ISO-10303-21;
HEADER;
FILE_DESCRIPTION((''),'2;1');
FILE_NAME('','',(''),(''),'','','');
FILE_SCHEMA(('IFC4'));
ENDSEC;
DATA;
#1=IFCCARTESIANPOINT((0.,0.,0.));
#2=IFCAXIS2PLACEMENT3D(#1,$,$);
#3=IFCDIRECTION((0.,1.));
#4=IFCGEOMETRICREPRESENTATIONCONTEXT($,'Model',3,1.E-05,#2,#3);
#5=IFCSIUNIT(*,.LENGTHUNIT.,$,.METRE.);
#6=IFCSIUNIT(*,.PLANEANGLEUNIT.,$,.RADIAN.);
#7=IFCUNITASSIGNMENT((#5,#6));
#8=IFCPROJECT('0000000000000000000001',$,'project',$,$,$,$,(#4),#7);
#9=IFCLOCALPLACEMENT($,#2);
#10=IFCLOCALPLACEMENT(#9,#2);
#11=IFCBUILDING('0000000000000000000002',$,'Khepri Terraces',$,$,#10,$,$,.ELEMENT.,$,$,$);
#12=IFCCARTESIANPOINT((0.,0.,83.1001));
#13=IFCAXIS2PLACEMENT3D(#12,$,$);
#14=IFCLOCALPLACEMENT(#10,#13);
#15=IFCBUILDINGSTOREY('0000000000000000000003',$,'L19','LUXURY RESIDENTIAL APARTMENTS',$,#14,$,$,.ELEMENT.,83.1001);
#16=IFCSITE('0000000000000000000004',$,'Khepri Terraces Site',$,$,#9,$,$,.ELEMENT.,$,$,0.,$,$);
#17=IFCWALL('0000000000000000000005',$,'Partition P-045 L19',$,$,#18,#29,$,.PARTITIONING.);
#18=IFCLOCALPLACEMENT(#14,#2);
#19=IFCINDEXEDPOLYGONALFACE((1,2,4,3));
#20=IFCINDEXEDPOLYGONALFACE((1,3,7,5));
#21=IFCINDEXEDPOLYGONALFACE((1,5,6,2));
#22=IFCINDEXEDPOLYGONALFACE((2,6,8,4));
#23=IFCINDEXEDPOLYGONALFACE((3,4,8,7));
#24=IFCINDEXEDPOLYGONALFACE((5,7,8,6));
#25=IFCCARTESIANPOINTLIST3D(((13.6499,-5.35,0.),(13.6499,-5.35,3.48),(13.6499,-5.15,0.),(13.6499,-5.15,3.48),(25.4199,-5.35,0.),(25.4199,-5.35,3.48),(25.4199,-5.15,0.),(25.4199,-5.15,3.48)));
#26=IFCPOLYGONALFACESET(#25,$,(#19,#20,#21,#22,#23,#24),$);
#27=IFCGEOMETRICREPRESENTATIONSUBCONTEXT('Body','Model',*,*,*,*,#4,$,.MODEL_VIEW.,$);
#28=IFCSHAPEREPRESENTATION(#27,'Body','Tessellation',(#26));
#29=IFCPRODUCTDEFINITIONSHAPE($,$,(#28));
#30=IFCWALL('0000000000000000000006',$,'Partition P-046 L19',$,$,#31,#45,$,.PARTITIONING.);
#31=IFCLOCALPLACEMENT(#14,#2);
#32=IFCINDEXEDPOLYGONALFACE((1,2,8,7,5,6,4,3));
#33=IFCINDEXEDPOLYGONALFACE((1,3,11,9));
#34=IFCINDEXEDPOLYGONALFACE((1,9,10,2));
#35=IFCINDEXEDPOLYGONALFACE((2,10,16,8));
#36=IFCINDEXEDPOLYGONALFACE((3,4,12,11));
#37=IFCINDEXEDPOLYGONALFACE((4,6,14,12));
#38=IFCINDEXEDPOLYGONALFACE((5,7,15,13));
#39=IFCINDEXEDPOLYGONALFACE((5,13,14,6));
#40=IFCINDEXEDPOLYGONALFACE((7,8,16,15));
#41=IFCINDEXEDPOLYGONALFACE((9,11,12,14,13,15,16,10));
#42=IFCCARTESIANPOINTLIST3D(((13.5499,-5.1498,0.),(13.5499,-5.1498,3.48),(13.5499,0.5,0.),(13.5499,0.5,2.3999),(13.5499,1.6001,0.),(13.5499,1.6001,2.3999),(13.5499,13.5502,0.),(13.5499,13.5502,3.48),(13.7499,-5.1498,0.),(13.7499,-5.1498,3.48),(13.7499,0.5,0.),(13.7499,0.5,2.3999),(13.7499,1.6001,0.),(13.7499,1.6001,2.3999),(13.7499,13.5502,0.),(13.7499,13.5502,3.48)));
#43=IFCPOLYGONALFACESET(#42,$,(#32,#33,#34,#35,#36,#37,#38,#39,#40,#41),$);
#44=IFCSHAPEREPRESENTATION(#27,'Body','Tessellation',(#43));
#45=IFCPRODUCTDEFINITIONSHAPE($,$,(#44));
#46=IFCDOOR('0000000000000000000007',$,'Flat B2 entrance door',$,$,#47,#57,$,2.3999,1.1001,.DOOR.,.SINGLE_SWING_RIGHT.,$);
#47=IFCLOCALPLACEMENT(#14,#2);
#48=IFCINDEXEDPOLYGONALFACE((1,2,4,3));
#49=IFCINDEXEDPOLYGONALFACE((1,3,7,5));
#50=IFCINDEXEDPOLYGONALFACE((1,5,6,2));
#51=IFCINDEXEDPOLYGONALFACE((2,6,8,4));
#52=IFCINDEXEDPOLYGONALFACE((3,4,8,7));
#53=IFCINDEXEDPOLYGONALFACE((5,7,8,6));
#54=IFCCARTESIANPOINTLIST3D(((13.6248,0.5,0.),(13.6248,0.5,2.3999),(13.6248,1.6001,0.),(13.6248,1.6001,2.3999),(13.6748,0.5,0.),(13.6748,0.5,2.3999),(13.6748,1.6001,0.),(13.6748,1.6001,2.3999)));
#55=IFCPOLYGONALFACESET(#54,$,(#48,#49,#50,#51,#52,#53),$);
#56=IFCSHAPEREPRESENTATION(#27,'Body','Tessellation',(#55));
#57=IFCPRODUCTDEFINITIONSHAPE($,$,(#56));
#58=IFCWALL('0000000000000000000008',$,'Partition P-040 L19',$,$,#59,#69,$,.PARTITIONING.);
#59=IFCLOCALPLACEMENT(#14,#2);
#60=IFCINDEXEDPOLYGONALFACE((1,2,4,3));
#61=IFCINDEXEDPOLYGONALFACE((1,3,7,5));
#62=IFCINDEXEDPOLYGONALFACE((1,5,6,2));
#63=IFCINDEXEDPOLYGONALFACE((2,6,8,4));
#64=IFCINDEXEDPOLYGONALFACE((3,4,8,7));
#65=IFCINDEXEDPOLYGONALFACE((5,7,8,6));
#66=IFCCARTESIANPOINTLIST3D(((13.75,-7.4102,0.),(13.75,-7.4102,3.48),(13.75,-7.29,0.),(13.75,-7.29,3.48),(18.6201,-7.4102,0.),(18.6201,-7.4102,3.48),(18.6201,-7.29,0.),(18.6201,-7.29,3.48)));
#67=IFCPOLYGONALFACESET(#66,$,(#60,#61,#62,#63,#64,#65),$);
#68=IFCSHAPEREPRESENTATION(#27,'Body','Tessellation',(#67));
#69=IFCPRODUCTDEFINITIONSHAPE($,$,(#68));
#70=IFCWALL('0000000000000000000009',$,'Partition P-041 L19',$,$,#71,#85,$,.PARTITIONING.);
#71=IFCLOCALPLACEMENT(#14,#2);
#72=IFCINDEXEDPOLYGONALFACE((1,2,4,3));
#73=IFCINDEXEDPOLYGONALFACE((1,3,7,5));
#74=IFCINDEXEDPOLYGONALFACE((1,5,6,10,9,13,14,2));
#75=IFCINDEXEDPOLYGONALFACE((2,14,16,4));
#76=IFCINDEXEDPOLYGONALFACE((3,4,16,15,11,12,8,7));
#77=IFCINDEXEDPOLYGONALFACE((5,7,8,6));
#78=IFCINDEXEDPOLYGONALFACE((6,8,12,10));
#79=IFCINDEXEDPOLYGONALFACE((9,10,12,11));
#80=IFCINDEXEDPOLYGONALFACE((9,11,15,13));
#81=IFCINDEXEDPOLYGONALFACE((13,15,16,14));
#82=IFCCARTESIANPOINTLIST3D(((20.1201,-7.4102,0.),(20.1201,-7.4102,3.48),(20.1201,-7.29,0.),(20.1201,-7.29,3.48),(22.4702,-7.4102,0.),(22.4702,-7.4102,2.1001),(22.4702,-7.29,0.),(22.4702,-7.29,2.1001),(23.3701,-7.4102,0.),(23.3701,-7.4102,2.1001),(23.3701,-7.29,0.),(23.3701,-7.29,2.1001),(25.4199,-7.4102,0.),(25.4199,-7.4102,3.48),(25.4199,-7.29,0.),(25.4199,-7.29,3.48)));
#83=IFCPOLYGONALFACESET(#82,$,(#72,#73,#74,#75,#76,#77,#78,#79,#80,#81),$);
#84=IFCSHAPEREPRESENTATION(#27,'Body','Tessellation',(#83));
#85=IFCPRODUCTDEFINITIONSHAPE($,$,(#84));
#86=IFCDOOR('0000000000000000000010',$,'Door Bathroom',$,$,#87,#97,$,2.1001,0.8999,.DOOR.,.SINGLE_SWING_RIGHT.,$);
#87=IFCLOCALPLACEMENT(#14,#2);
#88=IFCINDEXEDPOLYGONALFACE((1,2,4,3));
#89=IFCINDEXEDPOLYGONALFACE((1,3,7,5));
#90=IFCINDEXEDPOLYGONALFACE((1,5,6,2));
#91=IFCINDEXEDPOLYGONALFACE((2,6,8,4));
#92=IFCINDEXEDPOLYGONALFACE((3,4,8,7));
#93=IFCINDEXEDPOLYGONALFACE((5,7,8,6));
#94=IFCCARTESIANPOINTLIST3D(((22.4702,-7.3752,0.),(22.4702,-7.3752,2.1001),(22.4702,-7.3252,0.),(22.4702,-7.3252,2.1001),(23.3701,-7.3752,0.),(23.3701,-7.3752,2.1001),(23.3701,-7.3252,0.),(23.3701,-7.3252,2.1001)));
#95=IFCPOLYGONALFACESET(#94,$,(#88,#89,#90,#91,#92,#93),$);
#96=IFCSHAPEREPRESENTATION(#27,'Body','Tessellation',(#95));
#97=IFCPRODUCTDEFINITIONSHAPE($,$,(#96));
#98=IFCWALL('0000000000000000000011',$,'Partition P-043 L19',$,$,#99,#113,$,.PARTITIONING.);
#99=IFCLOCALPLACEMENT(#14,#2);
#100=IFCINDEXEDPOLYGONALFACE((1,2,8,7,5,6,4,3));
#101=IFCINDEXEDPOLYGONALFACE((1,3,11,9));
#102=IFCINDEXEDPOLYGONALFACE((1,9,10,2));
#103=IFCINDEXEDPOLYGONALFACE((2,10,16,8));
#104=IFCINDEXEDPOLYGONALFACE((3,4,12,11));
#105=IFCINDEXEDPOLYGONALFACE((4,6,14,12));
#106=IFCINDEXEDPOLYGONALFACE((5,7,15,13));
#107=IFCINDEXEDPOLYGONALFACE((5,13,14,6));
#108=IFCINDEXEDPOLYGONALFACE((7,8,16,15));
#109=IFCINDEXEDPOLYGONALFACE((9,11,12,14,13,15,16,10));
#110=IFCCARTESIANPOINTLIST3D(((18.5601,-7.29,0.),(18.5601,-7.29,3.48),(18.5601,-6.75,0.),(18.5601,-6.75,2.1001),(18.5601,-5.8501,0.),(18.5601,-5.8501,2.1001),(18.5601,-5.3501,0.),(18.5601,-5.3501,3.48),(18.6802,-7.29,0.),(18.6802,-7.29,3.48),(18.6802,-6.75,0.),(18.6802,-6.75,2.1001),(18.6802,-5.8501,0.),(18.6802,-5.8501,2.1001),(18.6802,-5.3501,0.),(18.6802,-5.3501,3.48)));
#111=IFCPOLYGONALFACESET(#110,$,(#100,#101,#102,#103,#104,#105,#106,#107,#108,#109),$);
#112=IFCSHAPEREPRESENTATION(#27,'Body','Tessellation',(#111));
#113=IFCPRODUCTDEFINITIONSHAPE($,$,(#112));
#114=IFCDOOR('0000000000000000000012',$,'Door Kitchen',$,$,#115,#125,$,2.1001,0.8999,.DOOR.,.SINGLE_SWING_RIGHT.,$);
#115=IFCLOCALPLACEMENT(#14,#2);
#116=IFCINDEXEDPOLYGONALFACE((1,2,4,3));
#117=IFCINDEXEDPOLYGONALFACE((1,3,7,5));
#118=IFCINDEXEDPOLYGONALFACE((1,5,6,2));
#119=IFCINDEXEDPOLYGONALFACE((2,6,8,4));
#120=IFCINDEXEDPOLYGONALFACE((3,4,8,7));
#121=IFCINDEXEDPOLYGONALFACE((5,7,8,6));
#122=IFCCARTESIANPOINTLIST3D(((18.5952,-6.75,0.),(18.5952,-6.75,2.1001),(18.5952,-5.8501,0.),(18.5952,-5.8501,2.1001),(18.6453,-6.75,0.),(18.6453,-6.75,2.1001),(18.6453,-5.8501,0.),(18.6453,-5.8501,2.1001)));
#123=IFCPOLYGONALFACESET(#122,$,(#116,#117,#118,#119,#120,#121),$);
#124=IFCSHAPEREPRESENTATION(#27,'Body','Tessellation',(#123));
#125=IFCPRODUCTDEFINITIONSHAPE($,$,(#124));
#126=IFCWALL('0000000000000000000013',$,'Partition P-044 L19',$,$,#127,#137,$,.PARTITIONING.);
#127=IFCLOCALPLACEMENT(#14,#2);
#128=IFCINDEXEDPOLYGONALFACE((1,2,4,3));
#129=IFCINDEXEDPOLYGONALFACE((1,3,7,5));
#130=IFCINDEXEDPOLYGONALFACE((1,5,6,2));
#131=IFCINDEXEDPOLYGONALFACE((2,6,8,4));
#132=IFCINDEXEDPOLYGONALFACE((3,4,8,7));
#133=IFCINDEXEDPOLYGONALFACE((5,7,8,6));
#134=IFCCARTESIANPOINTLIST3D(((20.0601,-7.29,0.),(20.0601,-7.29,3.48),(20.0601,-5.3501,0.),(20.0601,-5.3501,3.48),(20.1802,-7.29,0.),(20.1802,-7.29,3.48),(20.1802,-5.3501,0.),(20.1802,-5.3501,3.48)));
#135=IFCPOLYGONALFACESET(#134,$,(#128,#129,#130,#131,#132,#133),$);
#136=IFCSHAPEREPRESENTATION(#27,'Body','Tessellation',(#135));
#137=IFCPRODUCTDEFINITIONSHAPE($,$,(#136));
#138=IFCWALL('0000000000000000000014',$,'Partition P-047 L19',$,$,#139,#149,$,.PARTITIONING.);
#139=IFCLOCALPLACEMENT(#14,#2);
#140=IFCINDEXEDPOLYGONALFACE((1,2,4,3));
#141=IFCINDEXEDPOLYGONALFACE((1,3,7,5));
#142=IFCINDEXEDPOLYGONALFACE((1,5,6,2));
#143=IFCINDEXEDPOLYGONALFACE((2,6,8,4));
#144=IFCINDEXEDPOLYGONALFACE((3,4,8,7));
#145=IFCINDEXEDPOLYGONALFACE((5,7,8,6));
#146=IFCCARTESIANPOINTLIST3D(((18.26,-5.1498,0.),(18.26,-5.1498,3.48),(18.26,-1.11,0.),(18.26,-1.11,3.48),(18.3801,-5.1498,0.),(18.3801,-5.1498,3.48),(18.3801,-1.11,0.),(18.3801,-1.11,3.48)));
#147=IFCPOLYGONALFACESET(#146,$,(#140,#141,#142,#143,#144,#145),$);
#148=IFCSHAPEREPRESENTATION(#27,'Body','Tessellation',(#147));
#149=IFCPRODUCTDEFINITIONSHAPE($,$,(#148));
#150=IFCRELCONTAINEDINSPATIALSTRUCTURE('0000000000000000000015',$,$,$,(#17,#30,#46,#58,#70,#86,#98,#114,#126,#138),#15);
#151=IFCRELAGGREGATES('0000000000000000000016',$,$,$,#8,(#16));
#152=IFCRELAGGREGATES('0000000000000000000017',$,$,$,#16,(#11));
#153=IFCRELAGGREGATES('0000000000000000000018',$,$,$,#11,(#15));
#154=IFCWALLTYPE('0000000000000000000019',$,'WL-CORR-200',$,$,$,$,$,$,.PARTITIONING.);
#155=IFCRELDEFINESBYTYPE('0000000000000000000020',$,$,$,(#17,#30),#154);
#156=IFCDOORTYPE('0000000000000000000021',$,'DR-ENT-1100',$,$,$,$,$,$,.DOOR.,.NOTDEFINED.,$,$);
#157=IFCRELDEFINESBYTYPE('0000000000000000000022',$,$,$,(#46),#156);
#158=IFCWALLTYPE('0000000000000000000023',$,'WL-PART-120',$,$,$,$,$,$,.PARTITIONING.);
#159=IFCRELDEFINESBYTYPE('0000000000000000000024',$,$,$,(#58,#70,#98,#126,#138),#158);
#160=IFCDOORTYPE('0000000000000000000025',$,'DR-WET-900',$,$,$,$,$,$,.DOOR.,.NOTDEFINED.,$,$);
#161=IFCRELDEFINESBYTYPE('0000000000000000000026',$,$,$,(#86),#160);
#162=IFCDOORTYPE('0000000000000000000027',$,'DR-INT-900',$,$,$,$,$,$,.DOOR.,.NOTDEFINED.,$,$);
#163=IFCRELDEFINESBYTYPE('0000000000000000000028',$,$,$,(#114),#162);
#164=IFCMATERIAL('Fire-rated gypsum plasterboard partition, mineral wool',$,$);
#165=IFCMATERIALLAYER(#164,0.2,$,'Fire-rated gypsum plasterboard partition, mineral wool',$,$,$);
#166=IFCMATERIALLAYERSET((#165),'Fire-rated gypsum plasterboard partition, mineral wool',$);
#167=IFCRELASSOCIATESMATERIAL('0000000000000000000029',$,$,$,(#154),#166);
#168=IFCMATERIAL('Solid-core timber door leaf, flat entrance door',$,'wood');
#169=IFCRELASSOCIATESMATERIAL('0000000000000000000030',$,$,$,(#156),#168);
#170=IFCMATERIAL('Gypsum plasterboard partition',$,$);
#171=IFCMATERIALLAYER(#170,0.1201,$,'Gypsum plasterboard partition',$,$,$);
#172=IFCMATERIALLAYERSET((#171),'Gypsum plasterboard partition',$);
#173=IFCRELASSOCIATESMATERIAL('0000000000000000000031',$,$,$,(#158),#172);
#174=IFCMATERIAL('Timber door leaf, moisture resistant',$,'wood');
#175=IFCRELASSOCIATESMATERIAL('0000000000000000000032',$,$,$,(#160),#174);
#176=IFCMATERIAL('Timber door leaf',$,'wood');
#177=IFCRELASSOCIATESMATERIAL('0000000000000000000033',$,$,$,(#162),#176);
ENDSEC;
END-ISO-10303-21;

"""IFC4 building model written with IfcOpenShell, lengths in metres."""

from ifc_helpers import new_model, si_unit, direction, frame, frame_2d, origin, place, context, subcontext, project, spatial, rectangle, extrude, material, layer, layer_set, type_object, element, fill, save


model = new_model("IFC4")

# Units and contexts
model_context = context("Model", 3, precision=1e-05, world=origin(), true_north=direction((0.0, 1.0)))
body_context = subcontext(model_context, "Body", "Model", "MODEL_VIEW")
ifc_project = project(units=[si_unit("LENGTHUNIT", "METRE"), si_unit("PLANEANGLEUNIT", "RADIAN")], contexts=[model_context])

# Site, building, storey
site_placement = place(None, origin())
site = spatial("IfcSite", under=ifc_project, at=site_placement, Name="Khepri Terraces Site", CompositionType="ELEMENT", RefElevation=0.0)
building_placement = place(site_placement, origin())
building = spatial("IfcBuilding", under=site, at=building_placement, Name="Khepri Terraces", CompositionType="ELEMENT")
storey_placement = place(building_placement, frame((0.0, 0.0, 83.1001)))
storey = spatial("IfcBuildingStorey", under=building, at=storey_placement, Name="L19", Description="LUXURY RESIDENTIAL APARTMENTS", CompositionType="ELEMENT", Elevation=83.1001)

# Wall
ifc_material_1 = material(Name="Fire-rated gypsum plasterboard partition, mineral wool")
ifc_layer_1 = layer(ifc_material_1, 0.2, Name="Fire-rated gypsum plasterboard partition, mineral wool")
ifc_layer_set_1 = layer_set([ifc_layer_1], Name="Fire-rated gypsum plasterboard partition, mineral wool")
wall_type_1 = type_object("IfcWallType", Name="WL-CORR-200", PredefinedType="PARTITIONING", material=ifc_layer_set_1)
wall_1_placement = place(storey_placement, frame((13.6499, -5.25, 0.0), z_axis=(0.0, 0.0, 1.0), x_axis=(1.0, 0.0, 0.0)))
element("IfcWall", 1, at=wall_1_placement, inside=storey, type_object=wall_type_1, Name="Partition P-045 L19", PredefinedType="PARTITIONING", context=body_context, shape_type="SweptSolid", body=[
    extrude(rectangle(XDim=11.77, YDim=0.2, at=frame_2d((5.885, 0.0))), origin(), (0.0, 0.0, 1.0), 3.48),
])

# Wall, opening, door
wall_2_placement = place(storey_placement, frame((13.6499, -5.1499, 0.0), z_axis=(0.0, 0.0, 1.0), x_axis=(0.0, 1.0, 0.0)))
wall_2 = element("IfcWall", 2, at=wall_2_placement, inside=storey, type_object=wall_type_1, Name="Partition P-046 L19", PredefinedType="PARTITIONING", context=body_context, shape_type="SweptSolid", body=[
    extrude(rectangle(XDim=18.7, YDim=0.2, at=frame_2d((9.3501, 0.0))), origin(), (0.0, 0.0, 1.0), 3.48),
])
opening_1_placement = place(wall_2_placement, frame((5.6499, 0.0, 0.0)))
opening_1 = element("IfcOpeningElement", 3, at=opening_1_placement, cuts=wall_2, PredefinedType="OPENING", context=body_context, shape_type="SweptSolid", body=[
    extrude(rectangle(XDim=1.1001, YDim=2.3999, at=frame_2d((0.55, 1.2))), frame((0.0, 0.1099, 0.0), z_axis=(0.0, -1.0, 0.0), x_axis=(1.0, 0.0, 0.0)), (0.0, 0.0, 1.0), 0.22),
])
ifc_material_2 = material(Name="Solid-core timber door leaf, flat entrance door", Category="wood")
door_type_1 = type_object("IfcDoorType", Name="DR-ENT-1100", OperationType="NOTDEFINED", PredefinedType="DOOR", material=ifc_material_2)
door_1_placement = place(opening_1_placement, frame((1.1001, 0.0, 0.0), z_axis=(0.0, 0.0, 1.0), x_axis=(-1.0, 0.0, 0.0)))
door_1 = element("IfcDoor", 4, at=door_1_placement, inside=storey, type_object=door_type_1, Name="Flat B2 entrance door", OperationType="SINGLE_SWING_RIGHT", OverallHeight=2.3999, OverallWidth=1.1001, PredefinedType="DOOR", context=body_context, shape_type="SweptSolid", body=[
    extrude(rectangle(XDim=1.1001, YDim=2.3999, at=frame_2d((0.55, 1.2))), frame((0.0, 0.0249, 0.0), z_axis=(0.0, -1.0, 0.0), x_axis=(1.0, 0.0, 0.0)), (0.0, 0.0, 1.0), 0.05),
])
fill(opening_1, door_1)

# Wall
ifc_material_3 = material(Name="Gypsum plasterboard partition")
ifc_layer_2 = layer(ifc_material_3, 0.1201, Name="Gypsum plasterboard partition")
ifc_layer_set_2 = layer_set([ifc_layer_2], Name="Gypsum plasterboard partition")
wall_type_2 = type_object("IfcWallType", Name="WL-PART-120", PredefinedType="PARTITIONING", material=ifc_layer_set_2)
wall_3_placement = place(storey_placement, frame((13.75, -7.3501, 0.0), z_axis=(0.0, 0.0, 1.0), x_axis=(1.0, 0.0, 0.0)))
element("IfcWall", 5, at=wall_3_placement, inside=storey, type_object=wall_type_2, Name="Partition P-040 L19", PredefinedType="PARTITIONING", context=body_context, shape_type="SweptSolid", body=[
    extrude(rectangle(XDim=4.8701, YDim=0.1201, at=frame_2d((2.4351, 0.0))), origin(), (0.0, 0.0, 1.0), 3.48),
])

# Walls, openings, doors
wall_4_placement = place(storey_placement, frame((20.1201, -7.3501, 0.0), z_axis=(0.0, 0.0, 1.0), x_axis=(1.0, 0.0, 0.0)))
wall_4 = element("IfcWall", 6, at=wall_4_placement, inside=storey, type_object=wall_type_2, Name="Partition P-041 L19", PredefinedType="PARTITIONING", context=body_context, shape_type="SweptSolid", body=[
    extrude(rectangle(XDim=5.2998, YDim=0.1201, at=frame_2d((2.6499, 0.0))), origin(), (0.0, 0.0, 1.0), 3.48),
])
opening_2_placement = place(wall_4_placement, frame((2.3501, 0.0, 0.0)))
opening_2 = element("IfcOpeningElement", 7, at=opening_2_placement, cuts=wall_4, PredefinedType="OPENING", context=body_context, shape_type="SweptSolid", body=[
    extrude(rectangle(XDim=0.8999, YDim=2.1001, at=frame_2d((0.45, 1.05))), frame((0.0, 0.0701, 0.0), z_axis=(0.0, -1.0, 0.0), x_axis=(1.0, 0.0, 0.0)), (0.0, 0.0, 1.0), 0.1401),
])
ifc_material_4 = material(Name="Timber door leaf, moisture resistant", Category="wood")
door_type_2 = type_object("IfcDoorType", Name="DR-WET-900", OperationType="NOTDEFINED", PredefinedType="DOOR", material=ifc_material_4)
door_2_placement = place(opening_2_placement, origin())
door_2 = element("IfcDoor", 8, at=door_2_placement, inside=storey, type_object=door_type_2, Name="Door Bathroom", OperationType="SINGLE_SWING_RIGHT", OverallHeight=2.1001, OverallWidth=0.8999, PredefinedType="DOOR", context=body_context, shape_type="SweptSolid", body=[
    extrude(rectangle(XDim=0.8999, YDim=2.1001, at=frame_2d((0.45, 1.05))), frame((0.0, 0.0249, 0.0), z_axis=(0.0, -1.0, 0.0), x_axis=(1.0, 0.0, 0.0)), (0.0, 0.0, 1.0), 0.05),
])
fill(opening_2, door_2)
wall_5_placement = place(storey_placement, frame((18.6201, -7.29, 0.0), z_axis=(0.0, 0.0, 1.0), x_axis=(0.0, 1.0, 0.0)))
wall_5 = element("IfcWall", 9, at=wall_5_placement, inside=storey, type_object=wall_type_2, Name="Partition P-043 L19", PredefinedType="PARTITIONING", context=body_context, shape_type="SweptSolid", body=[
    extrude(rectangle(XDim=1.9399, YDim=0.1201, at=frame_2d((0.97, 0.0))), origin(), (0.0, 0.0, 1.0), 3.48),
])
opening_3_placement = place(wall_5_placement, frame((0.54, 0.0, 0.0)))
opening_3 = element("IfcOpeningElement", 10, at=opening_3_placement, cuts=wall_5, PredefinedType="OPENING", context=body_context, shape_type="SweptSolid", body=[
    extrude(rectangle(XDim=0.8999, YDim=2.1001, at=frame_2d((0.45, 1.05))), frame((0.0, 0.0701, 0.0), z_axis=(0.0, -1.0, 0.0), x_axis=(1.0, 0.0, 0.0)), (0.0, 0.0, 1.0), 0.1401),
])
ifc_material_5 = material(Name="Timber door leaf", Category="wood")
door_type_3 = type_object("IfcDoorType", Name="DR-INT-900", OperationType="NOTDEFINED", PredefinedType="DOOR", material=ifc_material_5)
door_3_placement = place(opening_3_placement, origin())
door_3 = element("IfcDoor", 11, at=door_3_placement, inside=storey, type_object=door_type_3, Name="Door Kitchen", OperationType="SINGLE_SWING_RIGHT", OverallHeight=2.1001, OverallWidth=0.8999, PredefinedType="DOOR", context=body_context, shape_type="SweptSolid", body=[
    extrude(rectangle(XDim=0.8999, YDim=2.1001, at=frame_2d((0.45, 1.05))), frame((0.0, 0.0249, 0.0), z_axis=(0.0, -1.0, 0.0), x_axis=(1.0, 0.0, 0.0)), (0.0, 0.0, 1.0), 0.05),
])
fill(opening_3, door_3)

# Walls
wall_6_placement = place(storey_placement, frame((20.1201, -7.29, 0.0), z_axis=(0.0, 0.0, 1.0), x_axis=(0.0, 1.0, 0.0)))
element("IfcWall", 12, at=wall_6_placement, inside=storey, type_object=wall_type_2, Name="Partition P-044 L19", PredefinedType="PARTITIONING", context=body_context, shape_type="SweptSolid", body=[
    extrude(rectangle(XDim=1.9399, YDim=0.1201, at=frame_2d((0.97, 0.0))), origin(), (0.0, 0.0, 1.0), 3.48),
])
wall_7_placement = place(storey_placement, frame((18.3201, -5.1499, 0.0), z_axis=(0.0, 0.0, 1.0), x_axis=(0.0, 1.0, 0.0)))
element("IfcWall", 13, at=wall_7_placement, inside=storey, type_object=wall_type_2, Name="Partition P-047 L19", PredefinedType="PARTITIONING", context=body_context, shape_type="SweptSolid", body=[
    extrude(rectangle(XDim=4.0398, YDim=0.1201, at=frame_2d((2.02, 0.0))), origin(), (0.0, 0.0, 1.0), 3.48),
])

save(model, "model.ifc")
